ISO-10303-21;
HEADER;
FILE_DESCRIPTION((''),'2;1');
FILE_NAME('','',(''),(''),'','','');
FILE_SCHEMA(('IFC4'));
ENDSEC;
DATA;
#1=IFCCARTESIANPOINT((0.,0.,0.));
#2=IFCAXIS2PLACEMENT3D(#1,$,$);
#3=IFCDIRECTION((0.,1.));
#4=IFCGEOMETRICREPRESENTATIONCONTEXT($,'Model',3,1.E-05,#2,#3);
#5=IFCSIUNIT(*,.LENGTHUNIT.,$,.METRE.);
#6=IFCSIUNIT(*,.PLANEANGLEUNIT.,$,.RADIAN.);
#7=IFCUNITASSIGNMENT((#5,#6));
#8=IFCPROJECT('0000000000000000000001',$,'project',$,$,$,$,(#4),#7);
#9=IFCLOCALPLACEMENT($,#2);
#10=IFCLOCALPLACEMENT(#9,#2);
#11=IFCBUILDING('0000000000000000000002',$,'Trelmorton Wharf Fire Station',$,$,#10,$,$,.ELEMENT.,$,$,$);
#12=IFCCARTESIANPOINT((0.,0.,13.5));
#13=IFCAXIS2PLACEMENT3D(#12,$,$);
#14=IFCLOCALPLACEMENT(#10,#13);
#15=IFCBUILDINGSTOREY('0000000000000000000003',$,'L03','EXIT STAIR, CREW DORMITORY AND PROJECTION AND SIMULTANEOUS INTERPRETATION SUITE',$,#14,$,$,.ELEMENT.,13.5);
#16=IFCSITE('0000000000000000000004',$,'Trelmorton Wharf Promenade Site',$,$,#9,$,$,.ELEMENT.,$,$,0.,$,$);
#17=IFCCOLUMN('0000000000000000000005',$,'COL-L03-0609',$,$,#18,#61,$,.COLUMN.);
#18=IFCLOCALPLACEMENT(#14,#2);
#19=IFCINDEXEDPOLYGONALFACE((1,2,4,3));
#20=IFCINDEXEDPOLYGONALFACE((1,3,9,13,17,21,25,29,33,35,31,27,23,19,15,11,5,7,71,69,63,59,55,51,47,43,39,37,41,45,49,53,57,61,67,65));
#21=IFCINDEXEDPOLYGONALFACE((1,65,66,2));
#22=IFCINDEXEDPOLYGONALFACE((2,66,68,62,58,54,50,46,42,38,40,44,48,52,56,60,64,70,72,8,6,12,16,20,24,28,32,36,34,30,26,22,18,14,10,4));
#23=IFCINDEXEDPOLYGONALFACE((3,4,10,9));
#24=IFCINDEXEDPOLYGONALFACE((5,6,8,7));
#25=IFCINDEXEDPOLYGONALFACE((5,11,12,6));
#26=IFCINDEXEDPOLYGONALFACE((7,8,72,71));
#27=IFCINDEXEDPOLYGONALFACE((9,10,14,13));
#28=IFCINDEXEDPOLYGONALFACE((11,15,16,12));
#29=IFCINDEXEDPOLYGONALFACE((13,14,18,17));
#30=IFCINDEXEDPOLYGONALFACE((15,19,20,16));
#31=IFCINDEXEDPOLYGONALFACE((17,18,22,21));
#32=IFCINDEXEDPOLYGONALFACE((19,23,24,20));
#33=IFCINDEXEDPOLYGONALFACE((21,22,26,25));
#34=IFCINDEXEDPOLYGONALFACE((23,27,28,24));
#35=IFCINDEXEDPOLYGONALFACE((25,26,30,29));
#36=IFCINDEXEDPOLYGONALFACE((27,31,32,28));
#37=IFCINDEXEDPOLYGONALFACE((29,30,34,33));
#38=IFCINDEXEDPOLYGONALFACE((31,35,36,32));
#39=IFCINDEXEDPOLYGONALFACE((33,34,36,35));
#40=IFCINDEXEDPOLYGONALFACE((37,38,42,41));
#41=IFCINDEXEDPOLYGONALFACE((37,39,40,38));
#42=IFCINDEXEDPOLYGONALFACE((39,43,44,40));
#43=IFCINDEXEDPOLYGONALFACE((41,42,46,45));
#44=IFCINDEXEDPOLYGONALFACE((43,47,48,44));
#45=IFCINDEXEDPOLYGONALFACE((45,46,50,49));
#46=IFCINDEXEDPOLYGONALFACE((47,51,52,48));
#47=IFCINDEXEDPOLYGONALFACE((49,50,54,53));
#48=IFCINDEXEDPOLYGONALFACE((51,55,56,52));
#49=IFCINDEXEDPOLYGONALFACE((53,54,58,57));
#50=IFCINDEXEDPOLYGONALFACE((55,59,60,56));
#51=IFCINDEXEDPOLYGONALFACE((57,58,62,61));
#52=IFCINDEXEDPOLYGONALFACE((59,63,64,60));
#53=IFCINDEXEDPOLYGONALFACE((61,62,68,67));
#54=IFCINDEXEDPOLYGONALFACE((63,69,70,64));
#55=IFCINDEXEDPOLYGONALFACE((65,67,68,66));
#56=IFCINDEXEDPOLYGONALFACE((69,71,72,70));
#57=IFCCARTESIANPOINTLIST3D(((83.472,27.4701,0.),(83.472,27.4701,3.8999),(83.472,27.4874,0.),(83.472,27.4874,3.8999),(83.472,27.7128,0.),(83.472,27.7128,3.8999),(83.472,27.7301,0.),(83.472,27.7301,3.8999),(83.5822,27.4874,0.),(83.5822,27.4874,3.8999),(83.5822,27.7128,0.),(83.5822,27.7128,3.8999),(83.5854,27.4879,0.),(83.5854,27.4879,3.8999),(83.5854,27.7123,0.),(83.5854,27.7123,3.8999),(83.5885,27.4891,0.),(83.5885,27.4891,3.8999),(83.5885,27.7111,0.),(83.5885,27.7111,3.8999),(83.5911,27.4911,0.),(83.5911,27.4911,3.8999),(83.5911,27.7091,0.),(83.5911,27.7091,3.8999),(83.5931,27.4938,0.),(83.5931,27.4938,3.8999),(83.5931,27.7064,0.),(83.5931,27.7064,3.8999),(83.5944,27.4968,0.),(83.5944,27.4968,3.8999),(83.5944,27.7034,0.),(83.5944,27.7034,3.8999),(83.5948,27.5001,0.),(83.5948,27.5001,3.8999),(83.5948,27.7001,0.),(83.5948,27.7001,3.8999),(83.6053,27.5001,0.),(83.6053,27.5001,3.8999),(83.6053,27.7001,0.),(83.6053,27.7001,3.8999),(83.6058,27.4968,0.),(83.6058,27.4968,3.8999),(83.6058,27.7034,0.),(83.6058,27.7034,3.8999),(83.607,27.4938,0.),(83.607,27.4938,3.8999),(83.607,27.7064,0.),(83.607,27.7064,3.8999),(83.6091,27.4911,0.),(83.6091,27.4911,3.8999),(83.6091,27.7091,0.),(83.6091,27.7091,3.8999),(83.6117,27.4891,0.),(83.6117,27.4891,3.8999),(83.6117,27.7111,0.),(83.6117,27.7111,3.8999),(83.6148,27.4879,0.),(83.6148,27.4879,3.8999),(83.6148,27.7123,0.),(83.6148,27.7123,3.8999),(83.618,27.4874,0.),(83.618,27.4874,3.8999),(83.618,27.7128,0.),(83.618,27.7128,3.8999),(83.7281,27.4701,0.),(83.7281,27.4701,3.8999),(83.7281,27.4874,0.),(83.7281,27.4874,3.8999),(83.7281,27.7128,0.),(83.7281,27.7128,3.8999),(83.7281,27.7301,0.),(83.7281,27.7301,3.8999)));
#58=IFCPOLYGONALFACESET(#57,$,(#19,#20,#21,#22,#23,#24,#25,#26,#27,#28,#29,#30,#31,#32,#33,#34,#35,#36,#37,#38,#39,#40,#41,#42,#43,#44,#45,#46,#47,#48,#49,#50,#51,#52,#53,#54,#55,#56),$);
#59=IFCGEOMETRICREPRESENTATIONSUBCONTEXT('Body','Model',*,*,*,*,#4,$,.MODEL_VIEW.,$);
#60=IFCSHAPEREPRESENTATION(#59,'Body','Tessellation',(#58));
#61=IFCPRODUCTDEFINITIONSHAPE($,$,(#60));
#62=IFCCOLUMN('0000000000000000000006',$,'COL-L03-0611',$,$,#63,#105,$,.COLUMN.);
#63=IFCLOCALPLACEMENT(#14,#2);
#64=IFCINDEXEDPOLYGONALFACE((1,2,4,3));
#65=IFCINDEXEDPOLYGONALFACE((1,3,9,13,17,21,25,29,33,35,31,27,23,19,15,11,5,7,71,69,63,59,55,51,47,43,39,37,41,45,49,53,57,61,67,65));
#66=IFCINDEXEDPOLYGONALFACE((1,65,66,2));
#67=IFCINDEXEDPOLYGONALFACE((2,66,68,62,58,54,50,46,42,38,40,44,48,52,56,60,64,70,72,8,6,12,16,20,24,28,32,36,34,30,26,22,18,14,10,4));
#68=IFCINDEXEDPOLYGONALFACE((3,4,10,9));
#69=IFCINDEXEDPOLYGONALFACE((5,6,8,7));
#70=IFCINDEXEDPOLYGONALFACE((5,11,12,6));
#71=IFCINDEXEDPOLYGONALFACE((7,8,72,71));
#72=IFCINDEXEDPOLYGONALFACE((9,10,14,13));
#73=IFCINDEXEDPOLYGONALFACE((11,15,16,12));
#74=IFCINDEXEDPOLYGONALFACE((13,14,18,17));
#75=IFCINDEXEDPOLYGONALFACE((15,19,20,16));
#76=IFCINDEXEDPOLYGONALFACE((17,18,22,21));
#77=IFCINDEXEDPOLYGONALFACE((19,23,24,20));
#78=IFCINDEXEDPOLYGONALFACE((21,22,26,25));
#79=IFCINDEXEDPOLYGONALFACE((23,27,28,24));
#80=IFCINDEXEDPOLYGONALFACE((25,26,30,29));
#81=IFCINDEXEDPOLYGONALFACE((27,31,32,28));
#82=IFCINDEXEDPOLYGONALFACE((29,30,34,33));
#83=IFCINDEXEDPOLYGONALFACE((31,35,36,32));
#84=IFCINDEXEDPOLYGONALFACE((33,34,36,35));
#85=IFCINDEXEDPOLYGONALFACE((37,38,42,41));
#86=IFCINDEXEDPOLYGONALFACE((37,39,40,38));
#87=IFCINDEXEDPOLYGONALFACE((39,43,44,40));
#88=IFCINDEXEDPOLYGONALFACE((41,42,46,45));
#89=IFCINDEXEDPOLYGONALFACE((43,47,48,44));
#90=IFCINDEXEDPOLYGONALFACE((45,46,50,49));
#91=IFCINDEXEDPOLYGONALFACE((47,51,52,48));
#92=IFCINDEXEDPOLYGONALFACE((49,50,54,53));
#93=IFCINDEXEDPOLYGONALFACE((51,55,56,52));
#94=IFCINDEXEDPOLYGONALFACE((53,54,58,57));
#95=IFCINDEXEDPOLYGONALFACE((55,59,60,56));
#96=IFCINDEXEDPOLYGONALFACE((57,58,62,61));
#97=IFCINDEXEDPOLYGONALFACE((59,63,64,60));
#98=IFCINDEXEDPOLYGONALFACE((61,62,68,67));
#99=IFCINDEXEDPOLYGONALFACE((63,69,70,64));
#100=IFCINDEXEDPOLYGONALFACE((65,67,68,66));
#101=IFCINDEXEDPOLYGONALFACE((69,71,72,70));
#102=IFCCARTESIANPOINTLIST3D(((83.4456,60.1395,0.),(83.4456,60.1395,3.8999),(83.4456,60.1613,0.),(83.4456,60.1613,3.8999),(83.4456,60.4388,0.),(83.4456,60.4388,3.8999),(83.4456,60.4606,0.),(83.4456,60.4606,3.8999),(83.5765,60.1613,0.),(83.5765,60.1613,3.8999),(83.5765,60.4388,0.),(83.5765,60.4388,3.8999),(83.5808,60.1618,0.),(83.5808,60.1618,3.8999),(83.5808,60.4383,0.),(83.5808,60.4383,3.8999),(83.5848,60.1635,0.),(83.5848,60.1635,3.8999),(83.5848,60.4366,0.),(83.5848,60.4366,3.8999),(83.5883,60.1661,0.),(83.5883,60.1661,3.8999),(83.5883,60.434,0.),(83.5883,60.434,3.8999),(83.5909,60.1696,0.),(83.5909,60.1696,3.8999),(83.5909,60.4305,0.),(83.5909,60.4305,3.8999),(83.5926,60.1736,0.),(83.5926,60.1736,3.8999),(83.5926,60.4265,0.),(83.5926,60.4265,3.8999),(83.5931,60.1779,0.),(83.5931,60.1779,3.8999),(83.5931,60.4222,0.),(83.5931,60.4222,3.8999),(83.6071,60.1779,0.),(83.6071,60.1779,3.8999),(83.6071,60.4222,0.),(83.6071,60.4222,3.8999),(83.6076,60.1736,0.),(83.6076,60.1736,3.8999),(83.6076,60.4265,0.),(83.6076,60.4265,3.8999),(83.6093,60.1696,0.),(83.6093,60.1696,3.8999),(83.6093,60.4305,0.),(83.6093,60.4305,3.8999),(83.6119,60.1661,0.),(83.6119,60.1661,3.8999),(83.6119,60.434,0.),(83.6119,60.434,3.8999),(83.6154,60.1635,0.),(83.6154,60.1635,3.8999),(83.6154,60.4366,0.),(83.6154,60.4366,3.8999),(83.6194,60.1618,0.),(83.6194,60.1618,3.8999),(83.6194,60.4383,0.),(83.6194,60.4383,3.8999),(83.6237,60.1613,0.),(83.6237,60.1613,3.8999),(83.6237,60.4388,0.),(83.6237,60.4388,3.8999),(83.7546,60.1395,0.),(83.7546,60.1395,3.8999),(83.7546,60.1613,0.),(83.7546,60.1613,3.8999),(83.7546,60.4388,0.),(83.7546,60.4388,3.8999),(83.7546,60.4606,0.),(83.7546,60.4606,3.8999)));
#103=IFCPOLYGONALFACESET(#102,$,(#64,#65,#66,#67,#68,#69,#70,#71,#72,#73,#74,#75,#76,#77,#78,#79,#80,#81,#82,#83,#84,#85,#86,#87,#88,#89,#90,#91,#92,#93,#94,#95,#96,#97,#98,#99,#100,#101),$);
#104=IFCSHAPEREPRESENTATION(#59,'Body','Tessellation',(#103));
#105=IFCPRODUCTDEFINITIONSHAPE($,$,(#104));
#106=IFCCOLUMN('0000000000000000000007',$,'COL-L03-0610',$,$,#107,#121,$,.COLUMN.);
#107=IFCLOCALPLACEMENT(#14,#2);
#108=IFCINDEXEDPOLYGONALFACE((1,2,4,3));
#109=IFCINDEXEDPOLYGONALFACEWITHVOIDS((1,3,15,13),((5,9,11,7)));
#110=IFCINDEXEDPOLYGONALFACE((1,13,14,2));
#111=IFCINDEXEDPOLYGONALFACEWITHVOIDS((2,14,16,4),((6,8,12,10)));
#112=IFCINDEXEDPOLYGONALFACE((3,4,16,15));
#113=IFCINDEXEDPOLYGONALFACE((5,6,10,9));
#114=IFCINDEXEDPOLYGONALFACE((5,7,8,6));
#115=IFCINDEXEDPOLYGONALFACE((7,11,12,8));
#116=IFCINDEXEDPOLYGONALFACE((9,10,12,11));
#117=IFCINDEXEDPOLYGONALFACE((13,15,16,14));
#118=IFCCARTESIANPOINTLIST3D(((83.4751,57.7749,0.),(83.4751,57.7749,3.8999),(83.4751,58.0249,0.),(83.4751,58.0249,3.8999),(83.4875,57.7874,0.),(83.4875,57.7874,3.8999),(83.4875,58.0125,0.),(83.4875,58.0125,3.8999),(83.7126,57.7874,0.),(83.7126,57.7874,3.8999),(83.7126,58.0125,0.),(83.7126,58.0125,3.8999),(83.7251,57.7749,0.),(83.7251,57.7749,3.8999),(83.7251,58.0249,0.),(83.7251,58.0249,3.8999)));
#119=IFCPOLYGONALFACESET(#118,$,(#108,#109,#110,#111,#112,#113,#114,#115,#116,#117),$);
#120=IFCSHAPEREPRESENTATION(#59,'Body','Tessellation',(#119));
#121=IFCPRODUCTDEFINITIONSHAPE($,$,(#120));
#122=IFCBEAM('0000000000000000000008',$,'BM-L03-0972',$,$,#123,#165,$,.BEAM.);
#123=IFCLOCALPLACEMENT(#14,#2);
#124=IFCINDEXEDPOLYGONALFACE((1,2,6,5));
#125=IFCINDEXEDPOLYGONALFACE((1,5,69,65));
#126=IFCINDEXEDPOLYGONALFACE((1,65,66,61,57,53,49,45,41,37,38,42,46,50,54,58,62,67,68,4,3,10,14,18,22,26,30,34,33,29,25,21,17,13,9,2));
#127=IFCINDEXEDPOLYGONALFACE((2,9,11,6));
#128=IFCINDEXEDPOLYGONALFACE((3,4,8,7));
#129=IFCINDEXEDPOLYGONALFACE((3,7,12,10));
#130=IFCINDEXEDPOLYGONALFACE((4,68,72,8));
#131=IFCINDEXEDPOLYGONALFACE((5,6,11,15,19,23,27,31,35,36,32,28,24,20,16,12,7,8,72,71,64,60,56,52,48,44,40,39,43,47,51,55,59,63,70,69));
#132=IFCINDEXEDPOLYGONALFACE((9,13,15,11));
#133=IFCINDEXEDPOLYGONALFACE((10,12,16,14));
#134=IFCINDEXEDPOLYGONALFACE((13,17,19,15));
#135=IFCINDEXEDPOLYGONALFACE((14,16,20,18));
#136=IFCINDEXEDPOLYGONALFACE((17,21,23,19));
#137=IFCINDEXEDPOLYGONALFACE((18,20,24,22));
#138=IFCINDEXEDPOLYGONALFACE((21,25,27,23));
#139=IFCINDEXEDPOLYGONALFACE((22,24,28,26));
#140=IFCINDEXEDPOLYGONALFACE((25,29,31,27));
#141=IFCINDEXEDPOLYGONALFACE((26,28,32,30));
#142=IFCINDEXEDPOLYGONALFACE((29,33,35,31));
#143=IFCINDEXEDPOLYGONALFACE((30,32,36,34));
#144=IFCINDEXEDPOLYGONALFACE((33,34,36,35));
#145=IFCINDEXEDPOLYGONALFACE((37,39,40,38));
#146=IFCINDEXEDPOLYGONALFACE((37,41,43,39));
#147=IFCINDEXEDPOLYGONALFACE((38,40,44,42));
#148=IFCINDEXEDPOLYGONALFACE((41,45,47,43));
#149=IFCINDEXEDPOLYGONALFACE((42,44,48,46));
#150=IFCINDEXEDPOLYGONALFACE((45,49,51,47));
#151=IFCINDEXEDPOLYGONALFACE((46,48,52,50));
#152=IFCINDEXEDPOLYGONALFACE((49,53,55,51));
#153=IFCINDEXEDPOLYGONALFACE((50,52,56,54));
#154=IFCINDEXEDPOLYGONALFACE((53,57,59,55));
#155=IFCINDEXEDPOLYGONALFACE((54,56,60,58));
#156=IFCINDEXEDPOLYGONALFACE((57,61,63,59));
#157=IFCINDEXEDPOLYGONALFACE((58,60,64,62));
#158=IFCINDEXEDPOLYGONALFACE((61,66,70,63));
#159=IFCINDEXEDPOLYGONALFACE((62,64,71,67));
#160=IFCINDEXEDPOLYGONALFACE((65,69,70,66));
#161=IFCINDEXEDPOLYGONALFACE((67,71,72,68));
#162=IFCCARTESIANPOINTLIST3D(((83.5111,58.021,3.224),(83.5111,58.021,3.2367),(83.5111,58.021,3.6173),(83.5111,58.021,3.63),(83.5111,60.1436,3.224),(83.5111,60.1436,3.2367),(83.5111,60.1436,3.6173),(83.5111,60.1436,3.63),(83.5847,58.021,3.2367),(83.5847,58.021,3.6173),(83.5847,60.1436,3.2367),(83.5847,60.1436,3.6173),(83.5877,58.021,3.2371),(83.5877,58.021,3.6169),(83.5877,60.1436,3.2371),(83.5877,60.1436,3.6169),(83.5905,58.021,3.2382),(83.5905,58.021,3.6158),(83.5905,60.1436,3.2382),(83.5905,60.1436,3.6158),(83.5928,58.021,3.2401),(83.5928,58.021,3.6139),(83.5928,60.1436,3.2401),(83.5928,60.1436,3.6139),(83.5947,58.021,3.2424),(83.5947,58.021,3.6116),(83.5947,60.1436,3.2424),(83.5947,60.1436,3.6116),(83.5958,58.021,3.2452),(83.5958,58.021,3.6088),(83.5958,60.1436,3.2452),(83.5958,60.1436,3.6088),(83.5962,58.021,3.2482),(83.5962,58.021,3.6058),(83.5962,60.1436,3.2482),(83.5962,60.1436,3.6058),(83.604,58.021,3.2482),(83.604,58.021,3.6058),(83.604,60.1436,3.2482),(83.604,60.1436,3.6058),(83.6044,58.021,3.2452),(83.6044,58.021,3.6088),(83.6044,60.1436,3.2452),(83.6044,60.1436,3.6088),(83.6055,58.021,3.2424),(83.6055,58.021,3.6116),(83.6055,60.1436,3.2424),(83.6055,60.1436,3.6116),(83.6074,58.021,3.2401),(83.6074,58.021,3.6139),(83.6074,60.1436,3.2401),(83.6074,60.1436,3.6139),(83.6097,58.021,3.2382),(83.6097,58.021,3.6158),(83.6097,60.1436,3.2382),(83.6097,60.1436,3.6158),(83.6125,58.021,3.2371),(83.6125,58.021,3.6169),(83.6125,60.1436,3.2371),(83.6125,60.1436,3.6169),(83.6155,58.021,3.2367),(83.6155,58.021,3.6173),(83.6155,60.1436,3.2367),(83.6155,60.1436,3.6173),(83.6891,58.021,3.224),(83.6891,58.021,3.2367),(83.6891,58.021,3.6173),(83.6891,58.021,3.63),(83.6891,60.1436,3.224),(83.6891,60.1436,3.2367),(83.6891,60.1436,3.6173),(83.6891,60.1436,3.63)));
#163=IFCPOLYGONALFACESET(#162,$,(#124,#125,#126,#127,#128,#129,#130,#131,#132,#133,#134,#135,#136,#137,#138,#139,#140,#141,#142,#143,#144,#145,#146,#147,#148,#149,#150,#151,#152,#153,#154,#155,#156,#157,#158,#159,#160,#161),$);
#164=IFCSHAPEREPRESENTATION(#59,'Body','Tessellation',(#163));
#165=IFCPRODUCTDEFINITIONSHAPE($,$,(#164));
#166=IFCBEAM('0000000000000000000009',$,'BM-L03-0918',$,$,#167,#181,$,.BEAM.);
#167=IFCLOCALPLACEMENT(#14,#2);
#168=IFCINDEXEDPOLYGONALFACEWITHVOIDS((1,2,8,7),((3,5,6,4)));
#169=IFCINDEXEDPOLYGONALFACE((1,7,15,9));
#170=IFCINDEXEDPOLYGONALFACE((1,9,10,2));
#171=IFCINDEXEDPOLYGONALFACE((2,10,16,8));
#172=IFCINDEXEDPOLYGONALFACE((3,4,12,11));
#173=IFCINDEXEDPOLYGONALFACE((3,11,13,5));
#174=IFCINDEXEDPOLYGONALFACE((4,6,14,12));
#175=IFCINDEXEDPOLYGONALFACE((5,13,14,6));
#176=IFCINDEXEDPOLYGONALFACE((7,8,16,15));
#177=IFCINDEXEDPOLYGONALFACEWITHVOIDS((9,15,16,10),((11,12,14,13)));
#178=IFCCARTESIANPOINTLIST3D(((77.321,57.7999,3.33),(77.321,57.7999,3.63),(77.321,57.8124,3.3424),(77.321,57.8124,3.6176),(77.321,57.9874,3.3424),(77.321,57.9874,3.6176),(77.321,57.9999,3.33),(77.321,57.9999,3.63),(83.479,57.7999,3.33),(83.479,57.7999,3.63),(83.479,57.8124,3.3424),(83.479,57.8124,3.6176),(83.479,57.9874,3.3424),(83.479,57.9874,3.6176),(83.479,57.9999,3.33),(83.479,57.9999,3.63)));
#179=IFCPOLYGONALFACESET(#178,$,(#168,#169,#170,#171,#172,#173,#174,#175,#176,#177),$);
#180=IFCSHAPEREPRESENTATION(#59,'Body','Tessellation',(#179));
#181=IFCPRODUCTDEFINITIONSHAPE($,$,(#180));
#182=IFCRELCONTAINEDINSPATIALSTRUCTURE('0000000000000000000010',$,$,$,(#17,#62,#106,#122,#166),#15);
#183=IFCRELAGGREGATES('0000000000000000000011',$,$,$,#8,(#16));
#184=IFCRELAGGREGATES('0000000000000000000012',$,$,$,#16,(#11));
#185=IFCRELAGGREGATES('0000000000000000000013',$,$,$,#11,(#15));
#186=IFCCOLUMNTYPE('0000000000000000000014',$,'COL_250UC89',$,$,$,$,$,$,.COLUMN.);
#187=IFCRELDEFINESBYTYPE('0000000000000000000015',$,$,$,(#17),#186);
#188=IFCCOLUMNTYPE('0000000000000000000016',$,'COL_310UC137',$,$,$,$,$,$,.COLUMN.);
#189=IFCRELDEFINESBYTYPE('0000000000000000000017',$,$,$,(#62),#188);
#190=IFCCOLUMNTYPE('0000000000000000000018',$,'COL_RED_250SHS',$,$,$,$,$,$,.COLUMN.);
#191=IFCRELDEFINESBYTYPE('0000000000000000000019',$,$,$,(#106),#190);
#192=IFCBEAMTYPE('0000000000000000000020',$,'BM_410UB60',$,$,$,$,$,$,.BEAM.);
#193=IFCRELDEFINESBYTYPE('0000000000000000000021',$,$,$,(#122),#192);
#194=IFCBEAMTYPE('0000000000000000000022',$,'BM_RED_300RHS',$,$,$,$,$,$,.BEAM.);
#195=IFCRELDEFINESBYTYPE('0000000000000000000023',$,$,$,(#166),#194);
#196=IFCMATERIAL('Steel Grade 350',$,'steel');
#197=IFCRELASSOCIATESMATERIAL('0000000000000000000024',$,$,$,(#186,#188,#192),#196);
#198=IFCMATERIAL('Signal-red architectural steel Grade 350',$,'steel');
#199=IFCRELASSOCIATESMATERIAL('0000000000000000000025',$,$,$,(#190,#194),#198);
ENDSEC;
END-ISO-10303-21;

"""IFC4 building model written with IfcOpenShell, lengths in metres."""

from ifc_helpers import new_model, si_unit, direction, frame, origin, origin_2d, place, context, subcontext, project, spatial, hollow_rectangle, i_section, extrude, material, material_profile, profile_set, type_object, element, save


model = new_model("IFC4")

# Units and contexts
model_context = context("Model", 3, precision=1e-05, world=origin(), true_north=direction((0.0, 1.0)))
body_context = subcontext(model_context, "Body", "Model", "MODEL_VIEW")
ifc_project = project(units=[si_unit("LENGTHUNIT", "METRE"), si_unit("PLANEANGLEUNIT", "RADIAN")], contexts=[model_context])

# Site, building, storey
site_placement = place(None, origin())
site = spatial("IfcSite", under=ifc_project, at=site_placement, Name="Trelmorton Wharf Promenade Site", CompositionType="ELEMENT", RefElevation=0.0)
building_placement = place(site_placement, origin())
building = spatial("IfcBuilding", under=site, at=building_placement, Name="Trelmorton Wharf Fire Station", CompositionType="ELEMENT")
storey_placement = place(building_placement, frame((0.0, 0.0, 13.5)))
storey = spatial("IfcBuildingStorey", under=building, at=storey_placement, Name="L03", Description="EXIT STAIR, CREW DORMITORY AND PROJECTION AND SIMULTANEOUS INTERPRETATION SUITE", CompositionType="ELEMENT", Elevation=13.5)

# Columns
ifc_material_1 = material(Name="Steel Grade 350", Category="steel")
ifc_material_profile_1 = material_profile(ifc_material_1, i_section(OverallWidth=0.2561, OverallDepth=0.26, WebThickness=0.0105, FlangeThickness=0.0173, FilletRadius=0.0127, at=origin_2d()), Name="250UC89.5")
ifc_profile_set_1 = profile_set([ifc_material_profile_1], Name="Steel Grade 350")
column_type_1 = type_object("IfcColumnType", Name="COL_250UC89", PredefinedType="COLUMN", material=ifc_profile_set_1)
column_1_placement = place(storey_placement, frame((83.6001, 27.6001, 0.0), z_axis=(0.0, 0.0, 1.0), x_axis=(1.0, 0.0, 0.0)))
element("IfcColumn", 1, at=column_1_placement, inside=storey, type_object=column_type_1, Name="COL-L03-0609", PredefinedType="COLUMN", context=body_context, shape_type="SweptSolid", body=[
    extrude(i_section(OverallWidth=0.2561, OverallDepth=0.26, WebThickness=0.0105, FlangeThickness=0.0173, FilletRadius=0.0127, at=origin_2d()), origin(), (0.0, 0.0, 1.0), 3.8999),
])
ifc_material_profile_2 = material_profile(ifc_material_1, i_section(OverallWidth=0.3091, OverallDepth=0.321, WebThickness=0.0139, FlangeThickness=0.0217, FilletRadius=0.0166, at=origin_2d()), Name="310UC137")
ifc_profile_set_2 = profile_set([ifc_material_profile_2], Name="Steel Grade 350")
column_type_2 = type_object("IfcColumnType", Name="COL_310UC137", PredefinedType="COLUMN", material=ifc_profile_set_2)
column_2_placement = place(storey_placement, frame((83.6001, 60.3, 0.0), z_axis=(0.0, 0.0, 1.0), x_axis=(1.0, 0.0, 0.0)))
element("IfcColumn", 2, at=column_2_placement, inside=storey, type_object=column_type_2, Name="COL-L03-0611", PredefinedType="COLUMN", context=body_context, shape_type="SweptSolid", body=[
    extrude(i_section(OverallWidth=0.3091, OverallDepth=0.321, WebThickness=0.0139, FlangeThickness=0.0217, FilletRadius=0.0166, at=origin_2d()), origin(), (0.0, 0.0, 1.0), 3.8999),
])
ifc_material_2 = material(Name="Signal-red architectural steel Grade 350", Category="steel")
ifc_material_profile_3 = material_profile(ifc_material_2, hollow_rectangle(XDim=0.25, YDim=0.25, WallThickness=0.0125, at=origin_2d()), Name="250x250x12.5SHS")
ifc_profile_set_3 = profile_set([ifc_material_profile_3], Name="Signal-red architectural steel Grade 350")
column_type_3 = type_object("IfcColumnType", Name="COL_RED_250SHS", PredefinedType="COLUMN", material=ifc_profile_set_3)
column_3_placement = place(storey_placement, frame((83.6001, 57.8999, 0.0), z_axis=(0.0, 0.0, 1.0), x_axis=(1.0, 0.0, 0.0)))
element("IfcColumn", 3, at=column_3_placement, inside=storey, type_object=column_type_3, Name="COL-L03-0610", PredefinedType="COLUMN", context=body_context, shape_type="SweptSolid", body=[
    extrude(hollow_rectangle(XDim=0.25, YDim=0.25, WallThickness=0.0125, at=origin_2d()), origin(), (0.0, 0.0, 1.0), 3.8999),
])

# Beams
ifc_material_profile_4 = material_profile(ifc_material_1, i_section(OverallWidth=0.178, OverallDepth=0.406, WebThickness=0.0078, FlangeThickness=0.0127, FilletRadius=0.0115, at=origin_2d()), Name="410UB59.7")
ifc_profile_set_4 = profile_set([ifc_material_profile_4], Name="Steel Grade 350")
beam_type_1 = type_object("IfcBeamType", Name="BM_410UB60", PredefinedType="BEAM", material=ifc_profile_set_4)
beam_1_placement = place(storey_placement, frame((83.6001, 58.021, 3.427), z_axis=(0.0, 1.0, 0.0), x_axis=(-1.0, 0.0, 0.0)))
element("IfcBeam", 4, at=beam_1_placement, inside=storey, type_object=beam_type_1, Name="BM-L03-0972", PredefinedType="BEAM", context=body_context, shape_type="SweptSolid", body=[
    extrude(i_section(OverallWidth=0.178, OverallDepth=0.406, WebThickness=0.0078, FlangeThickness=0.0127, FilletRadius=0.0115, at=origin_2d()), origin(), (0.0, 0.0, 1.0), 2.1226),
])
ifc_material_profile_5 = material_profile(ifc_material_2, hollow_rectangle(XDim=0.2, YDim=0.3, WallThickness=0.0125, at=origin_2d()), Name="300x200x12.5RHS")
ifc_profile_set_5 = profile_set([ifc_material_profile_5], Name="Signal-red architectural steel Grade 350")
beam_type_2 = type_object("IfcBeamType", Name="BM_RED_300RHS", PredefinedType="BEAM", material=ifc_profile_set_5)
for number, where, z_axis, x_axis, name in (
    (5, (77.321, 57.8999, 3.48), (1.0, 0.0, 0.0), (0.0, 1.0, 0.0), "BM-L03-0918"),
):
    element("IfcBeam", number, at=place(storey_placement, frame(where, z_axis=z_axis, x_axis=x_axis)), inside=storey, type_object=beam_type_2, Name=name, PredefinedType="BEAM", context=body_context, shape_type="SweptSolid", body=[
        extrude(hollow_rectangle(XDim=0.2, YDim=0.3, WallThickness=0.0125, at=origin_2d()), origin(), (0.0, 0.0, 1.0), 6.158),
    ])

save(model, "model.ifc")
